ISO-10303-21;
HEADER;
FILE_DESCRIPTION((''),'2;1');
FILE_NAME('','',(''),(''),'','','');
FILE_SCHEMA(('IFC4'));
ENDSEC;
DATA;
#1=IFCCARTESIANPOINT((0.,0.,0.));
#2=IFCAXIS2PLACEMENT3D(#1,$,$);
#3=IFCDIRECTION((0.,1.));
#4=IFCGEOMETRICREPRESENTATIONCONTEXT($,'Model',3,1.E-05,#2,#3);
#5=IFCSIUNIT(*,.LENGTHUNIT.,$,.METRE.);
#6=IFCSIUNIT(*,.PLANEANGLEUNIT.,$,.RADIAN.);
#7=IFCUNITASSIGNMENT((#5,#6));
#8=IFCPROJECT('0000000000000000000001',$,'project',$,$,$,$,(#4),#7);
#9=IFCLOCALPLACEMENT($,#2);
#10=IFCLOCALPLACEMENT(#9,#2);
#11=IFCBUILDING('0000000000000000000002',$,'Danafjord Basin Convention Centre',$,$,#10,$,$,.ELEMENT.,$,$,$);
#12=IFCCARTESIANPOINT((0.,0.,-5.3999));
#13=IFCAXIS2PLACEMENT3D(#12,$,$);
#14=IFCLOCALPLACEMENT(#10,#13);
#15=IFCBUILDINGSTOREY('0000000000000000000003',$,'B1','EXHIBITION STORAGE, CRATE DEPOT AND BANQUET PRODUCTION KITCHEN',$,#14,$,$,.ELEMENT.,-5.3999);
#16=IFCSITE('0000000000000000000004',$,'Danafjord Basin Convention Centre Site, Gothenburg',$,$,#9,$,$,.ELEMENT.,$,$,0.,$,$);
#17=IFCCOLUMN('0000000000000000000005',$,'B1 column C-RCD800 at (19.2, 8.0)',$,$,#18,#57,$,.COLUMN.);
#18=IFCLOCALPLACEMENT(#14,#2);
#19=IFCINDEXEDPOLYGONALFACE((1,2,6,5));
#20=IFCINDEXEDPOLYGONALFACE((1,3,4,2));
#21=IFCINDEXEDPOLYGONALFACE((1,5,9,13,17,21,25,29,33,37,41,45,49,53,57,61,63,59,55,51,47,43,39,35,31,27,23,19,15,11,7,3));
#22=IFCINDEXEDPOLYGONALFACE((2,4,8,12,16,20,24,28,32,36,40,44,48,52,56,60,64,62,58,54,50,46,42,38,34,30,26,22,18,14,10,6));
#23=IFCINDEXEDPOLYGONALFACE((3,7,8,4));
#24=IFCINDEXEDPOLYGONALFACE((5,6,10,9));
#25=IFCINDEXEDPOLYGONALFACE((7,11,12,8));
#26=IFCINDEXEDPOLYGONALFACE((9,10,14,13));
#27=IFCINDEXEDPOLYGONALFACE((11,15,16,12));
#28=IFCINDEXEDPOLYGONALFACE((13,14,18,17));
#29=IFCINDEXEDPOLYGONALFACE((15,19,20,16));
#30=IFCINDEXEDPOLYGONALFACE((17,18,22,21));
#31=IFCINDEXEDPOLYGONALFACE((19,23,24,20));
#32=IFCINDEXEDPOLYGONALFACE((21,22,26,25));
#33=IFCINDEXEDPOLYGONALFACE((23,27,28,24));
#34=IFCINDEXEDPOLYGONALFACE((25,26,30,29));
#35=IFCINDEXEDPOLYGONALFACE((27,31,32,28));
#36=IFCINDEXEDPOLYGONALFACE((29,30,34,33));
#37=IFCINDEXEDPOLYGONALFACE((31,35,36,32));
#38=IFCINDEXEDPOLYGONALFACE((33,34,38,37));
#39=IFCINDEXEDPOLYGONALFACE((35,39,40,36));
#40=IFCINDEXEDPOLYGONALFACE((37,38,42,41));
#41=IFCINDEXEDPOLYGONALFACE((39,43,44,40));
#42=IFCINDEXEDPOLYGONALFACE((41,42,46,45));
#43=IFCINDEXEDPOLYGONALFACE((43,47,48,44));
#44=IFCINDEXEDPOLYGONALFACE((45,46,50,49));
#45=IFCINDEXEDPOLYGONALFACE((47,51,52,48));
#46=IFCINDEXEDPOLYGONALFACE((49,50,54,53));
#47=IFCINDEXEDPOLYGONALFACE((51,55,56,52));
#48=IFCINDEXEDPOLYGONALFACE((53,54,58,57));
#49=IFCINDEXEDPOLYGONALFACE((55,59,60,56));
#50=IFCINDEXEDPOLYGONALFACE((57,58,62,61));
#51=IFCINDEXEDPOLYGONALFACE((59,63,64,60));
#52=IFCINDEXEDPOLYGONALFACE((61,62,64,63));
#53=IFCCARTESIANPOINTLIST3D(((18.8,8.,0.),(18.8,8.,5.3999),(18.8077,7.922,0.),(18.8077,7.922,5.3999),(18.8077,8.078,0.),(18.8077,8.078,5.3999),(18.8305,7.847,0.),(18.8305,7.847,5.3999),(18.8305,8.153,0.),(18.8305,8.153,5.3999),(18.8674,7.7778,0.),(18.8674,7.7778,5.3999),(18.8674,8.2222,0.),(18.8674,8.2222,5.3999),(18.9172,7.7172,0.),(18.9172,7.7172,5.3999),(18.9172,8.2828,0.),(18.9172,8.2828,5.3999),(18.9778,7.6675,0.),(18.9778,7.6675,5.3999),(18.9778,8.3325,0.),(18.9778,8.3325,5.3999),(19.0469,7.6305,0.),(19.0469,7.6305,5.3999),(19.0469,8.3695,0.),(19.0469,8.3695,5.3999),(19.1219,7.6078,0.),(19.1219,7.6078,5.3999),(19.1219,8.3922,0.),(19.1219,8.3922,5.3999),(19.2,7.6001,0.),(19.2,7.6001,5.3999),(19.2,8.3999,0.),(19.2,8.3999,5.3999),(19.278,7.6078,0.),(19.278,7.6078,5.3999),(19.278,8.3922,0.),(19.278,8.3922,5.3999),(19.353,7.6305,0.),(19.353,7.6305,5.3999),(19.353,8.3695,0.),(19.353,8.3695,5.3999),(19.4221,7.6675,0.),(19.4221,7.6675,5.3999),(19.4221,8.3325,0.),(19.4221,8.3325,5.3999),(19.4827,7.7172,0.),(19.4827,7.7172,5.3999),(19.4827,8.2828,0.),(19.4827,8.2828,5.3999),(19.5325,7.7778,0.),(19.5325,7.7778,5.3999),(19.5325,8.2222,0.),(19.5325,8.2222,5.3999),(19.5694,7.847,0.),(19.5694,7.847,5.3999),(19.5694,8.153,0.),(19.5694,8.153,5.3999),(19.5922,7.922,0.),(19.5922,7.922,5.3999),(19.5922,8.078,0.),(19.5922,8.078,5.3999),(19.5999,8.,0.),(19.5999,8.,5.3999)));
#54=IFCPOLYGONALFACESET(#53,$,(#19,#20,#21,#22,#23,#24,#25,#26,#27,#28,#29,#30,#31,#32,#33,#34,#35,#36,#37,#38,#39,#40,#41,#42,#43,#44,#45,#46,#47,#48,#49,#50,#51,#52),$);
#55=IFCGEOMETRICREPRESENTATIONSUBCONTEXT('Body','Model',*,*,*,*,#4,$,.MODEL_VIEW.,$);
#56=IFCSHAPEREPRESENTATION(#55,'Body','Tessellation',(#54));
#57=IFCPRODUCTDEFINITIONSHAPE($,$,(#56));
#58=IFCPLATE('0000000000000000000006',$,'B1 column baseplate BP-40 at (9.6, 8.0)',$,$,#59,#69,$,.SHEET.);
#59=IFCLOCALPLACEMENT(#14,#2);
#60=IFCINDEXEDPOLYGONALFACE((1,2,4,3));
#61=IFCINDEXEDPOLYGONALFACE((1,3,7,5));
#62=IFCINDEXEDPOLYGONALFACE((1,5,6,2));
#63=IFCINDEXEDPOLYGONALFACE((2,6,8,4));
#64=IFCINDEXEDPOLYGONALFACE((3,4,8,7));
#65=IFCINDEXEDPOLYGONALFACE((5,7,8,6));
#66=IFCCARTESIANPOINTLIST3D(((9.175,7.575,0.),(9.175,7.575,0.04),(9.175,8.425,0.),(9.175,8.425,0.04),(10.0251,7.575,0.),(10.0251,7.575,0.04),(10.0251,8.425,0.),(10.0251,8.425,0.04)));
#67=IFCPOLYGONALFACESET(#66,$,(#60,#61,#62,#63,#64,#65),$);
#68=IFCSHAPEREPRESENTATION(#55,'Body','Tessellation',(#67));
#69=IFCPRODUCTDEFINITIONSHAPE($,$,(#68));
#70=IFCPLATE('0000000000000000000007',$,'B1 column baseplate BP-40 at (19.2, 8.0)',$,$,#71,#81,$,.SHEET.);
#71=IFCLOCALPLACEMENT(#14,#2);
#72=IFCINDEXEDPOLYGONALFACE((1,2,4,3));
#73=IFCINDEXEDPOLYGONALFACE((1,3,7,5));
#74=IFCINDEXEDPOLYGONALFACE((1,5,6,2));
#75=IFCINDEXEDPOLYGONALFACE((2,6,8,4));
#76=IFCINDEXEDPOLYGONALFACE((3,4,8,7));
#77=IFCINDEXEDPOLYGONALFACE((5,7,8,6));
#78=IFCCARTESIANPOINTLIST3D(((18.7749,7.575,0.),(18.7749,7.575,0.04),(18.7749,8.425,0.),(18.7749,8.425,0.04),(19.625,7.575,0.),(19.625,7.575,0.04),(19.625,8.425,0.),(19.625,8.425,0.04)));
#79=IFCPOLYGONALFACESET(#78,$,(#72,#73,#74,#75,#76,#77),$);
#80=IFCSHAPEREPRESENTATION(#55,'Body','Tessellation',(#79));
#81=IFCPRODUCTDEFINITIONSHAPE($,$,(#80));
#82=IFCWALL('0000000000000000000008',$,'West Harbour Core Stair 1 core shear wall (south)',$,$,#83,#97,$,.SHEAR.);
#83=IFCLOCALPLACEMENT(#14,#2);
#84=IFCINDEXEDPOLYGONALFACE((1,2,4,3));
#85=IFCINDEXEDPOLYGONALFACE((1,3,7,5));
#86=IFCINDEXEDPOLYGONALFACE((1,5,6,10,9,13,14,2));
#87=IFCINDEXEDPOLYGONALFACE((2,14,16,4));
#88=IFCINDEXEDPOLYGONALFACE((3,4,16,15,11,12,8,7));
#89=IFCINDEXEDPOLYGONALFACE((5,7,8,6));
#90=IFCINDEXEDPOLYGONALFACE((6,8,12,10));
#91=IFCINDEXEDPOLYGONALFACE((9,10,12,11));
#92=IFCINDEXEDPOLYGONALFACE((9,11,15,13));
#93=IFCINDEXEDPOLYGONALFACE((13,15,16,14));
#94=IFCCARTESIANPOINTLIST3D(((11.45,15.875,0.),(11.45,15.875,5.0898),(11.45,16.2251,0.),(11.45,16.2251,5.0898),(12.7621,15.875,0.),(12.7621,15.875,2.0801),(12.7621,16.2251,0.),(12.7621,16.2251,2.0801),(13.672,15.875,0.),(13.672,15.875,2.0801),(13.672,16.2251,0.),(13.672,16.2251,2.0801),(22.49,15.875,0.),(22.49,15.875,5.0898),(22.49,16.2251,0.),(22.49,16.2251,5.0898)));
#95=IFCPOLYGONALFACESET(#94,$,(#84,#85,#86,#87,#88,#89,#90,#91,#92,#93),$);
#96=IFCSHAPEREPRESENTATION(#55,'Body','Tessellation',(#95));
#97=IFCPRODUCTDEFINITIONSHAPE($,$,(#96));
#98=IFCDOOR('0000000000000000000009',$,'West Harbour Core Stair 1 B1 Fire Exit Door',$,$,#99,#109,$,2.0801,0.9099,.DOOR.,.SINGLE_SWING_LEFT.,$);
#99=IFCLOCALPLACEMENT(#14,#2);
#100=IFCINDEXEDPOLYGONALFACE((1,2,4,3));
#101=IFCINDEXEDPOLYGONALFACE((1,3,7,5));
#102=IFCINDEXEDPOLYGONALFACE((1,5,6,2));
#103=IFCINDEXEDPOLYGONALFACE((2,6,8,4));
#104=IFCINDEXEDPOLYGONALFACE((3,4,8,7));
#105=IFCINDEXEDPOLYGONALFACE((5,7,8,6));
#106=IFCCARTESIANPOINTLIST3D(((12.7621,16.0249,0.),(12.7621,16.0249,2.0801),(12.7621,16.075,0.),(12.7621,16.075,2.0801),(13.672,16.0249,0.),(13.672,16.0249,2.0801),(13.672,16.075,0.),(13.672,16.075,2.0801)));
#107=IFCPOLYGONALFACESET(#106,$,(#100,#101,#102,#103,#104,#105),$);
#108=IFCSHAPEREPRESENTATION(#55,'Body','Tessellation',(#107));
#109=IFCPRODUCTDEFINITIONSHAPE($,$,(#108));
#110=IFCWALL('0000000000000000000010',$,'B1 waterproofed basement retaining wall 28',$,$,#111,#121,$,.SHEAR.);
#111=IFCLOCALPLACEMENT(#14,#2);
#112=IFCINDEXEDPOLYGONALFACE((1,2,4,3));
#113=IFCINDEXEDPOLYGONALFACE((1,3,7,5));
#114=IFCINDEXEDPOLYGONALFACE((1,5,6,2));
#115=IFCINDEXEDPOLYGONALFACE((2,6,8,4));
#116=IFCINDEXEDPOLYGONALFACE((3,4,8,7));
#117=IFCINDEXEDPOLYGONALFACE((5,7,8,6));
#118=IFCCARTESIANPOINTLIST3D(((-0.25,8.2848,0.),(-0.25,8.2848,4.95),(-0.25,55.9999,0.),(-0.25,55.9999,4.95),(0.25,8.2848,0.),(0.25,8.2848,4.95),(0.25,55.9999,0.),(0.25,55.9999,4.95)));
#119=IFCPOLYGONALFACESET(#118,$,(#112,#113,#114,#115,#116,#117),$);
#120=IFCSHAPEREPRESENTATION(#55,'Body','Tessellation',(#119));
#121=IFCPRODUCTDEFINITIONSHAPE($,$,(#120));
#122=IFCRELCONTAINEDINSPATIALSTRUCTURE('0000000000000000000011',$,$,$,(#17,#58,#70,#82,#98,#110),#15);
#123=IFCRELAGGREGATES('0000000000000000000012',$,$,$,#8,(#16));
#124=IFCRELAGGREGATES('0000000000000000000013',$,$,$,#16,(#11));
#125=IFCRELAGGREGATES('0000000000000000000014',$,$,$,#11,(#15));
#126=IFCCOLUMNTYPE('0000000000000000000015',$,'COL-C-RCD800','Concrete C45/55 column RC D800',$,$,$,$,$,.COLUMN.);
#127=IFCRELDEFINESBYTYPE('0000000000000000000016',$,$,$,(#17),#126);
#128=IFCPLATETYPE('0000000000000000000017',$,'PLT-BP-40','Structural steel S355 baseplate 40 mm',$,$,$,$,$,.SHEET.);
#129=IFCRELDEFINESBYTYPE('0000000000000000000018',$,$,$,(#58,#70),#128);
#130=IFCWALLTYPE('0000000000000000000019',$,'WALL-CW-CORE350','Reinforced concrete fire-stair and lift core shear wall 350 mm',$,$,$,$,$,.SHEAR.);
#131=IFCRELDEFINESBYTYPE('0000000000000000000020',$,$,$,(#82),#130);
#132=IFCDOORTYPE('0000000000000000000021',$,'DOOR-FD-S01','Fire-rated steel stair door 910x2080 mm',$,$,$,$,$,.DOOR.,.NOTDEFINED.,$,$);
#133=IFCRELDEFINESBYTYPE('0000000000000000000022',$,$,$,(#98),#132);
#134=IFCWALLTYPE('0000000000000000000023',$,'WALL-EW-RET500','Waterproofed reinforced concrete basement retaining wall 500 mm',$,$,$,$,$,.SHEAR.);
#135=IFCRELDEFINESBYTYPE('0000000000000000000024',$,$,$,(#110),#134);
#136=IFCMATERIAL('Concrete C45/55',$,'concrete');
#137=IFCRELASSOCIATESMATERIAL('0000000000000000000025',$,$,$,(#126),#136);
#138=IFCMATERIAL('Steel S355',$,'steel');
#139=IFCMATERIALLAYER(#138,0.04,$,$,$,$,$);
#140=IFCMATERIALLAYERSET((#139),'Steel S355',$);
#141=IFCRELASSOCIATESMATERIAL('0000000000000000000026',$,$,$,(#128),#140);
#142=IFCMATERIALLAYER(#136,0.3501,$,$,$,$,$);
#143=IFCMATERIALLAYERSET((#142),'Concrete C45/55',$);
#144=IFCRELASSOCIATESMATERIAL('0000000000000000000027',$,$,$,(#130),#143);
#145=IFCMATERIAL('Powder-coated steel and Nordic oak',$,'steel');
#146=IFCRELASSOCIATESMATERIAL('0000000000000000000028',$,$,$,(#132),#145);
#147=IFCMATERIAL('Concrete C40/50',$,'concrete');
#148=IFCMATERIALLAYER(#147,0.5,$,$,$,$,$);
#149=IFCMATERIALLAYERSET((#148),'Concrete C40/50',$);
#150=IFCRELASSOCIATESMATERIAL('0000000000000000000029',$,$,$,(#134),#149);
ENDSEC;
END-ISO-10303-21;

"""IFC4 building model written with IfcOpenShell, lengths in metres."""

from ifc_helpers import new_model, si_unit, direction, frame, frame_2d, origin, origin_2d, place, context, subcontext, project, spatial, rectangle, circle, extrude, material, layer, layer_set, material_profile, profile_set, type_object, element, fill, save


model = new_model("IFC4")

# Units and contexts
model_context = context("Model", 3, precision=1e-05, world=origin(), true_north=direction((0.0, 1.0)))
body_context = subcontext(model_context, "Body", "Model", "MODEL_VIEW")
ifc_project = project(units=[si_unit("LENGTHUNIT", "METRE"), si_unit("PLANEANGLEUNIT", "RADIAN")], contexts=[model_context])

# Site, building, storey
site_placement = place(None, origin())
site = spatial("IfcSite", under=ifc_project, at=site_placement, Name="Danafjord Basin Convention Centre Site, Gothenburg", CompositionType="ELEMENT", RefElevation=0.0)
building_placement = place(site_placement, origin())
building = spatial("IfcBuilding", under=site, at=building_placement, Name="Danafjord Basin Convention Centre", CompositionType="ELEMENT")
storey_placement = place(building_placement, frame((0.0, 0.0, -5.3999)))
storey = spatial("IfcBuildingStorey", under=building, at=storey_placement, Name="B1", Description="EXHIBITION STORAGE, CRATE DEPOT AND BANQUET PRODUCTION KITCHEN", CompositionType="ELEMENT", Elevation=-5.3999)

# Shared definitions
ifc_material_1 = material(Name="Concrete C40/50", Category="concrete")

# Column
ifc_material_2 = material(Name="Concrete C45/55", Category="concrete")
ifc_material_profile_1 = material_profile(ifc_material_2, circle(Radius=0.3999, at=origin_2d()), Name="RC D800")
ifc_profile_set_1 = profile_set([ifc_material_profile_1], Name="Concrete C45/55")
column_type_1 = type_object("IfcColumnType", Name="COL-C-RCD800", Description="Concrete C45/55 column RC D800", PredefinedType="COLUMN", material=ifc_profile_set_1)
column_1_placement = place(storey_placement, frame((19.2, 8.0, 0.0), z_axis=(0.0, 0.0, 1.0), x_axis=(1.0, 0.0, 0.0)))
element("IfcColumn", 1, at=column_1_placement, inside=storey, type_object=column_type_1, Name="B1 column C-RCD800 at (19.2, 8.0)", PredefinedType="COLUMN", context=body_context, shape_type="SweptSolid", body=[
    extrude(circle(Radius=0.3999, at=origin_2d()), origin(), (0.0, 0.0, 1.0), 5.3999),
])

# Plates
ifc_material_3 = material(Name="Steel S355", Category="steel")
ifc_layer_1 = layer(ifc_material_3, 0.04)
ifc_layer_set_1 = layer_set([ifc_layer_1], Name="Steel S355")
plate_type = type_object("IfcPlateType", Name="PLT-BP-40", Description="Structural steel S355 baseplate 40 mm", PredefinedType="SHEET", material=ifc_layer_set_1)
for number, where, z_axis, x_axis, name in (
    (2, (9.6001, 8.0, 0.0), (0.0, 0.0, 1.0), (1.0, 0.0, 0.0), "B1 column baseplate BP-40 at (9.6, 8.0)"),
    (3, (19.2, 8.0, 0.0), (0.0, 0.0, 1.0), (1.0, 0.0, 0.0), "B1 column baseplate BP-40 at (19.2, 8.0)"),
):
    element("IfcPlate", number, at=place(storey_placement, frame(where, z_axis=z_axis, x_axis=x_axis)), inside=storey, type_object=plate_type, Name=name, PredefinedType="SHEET", context=body_context, shape_type="SweptSolid", body=[
        extrude(rectangle(XDim=0.8501, YDim=0.8501, at=origin_2d()), origin(), (0.0, 0.0, 1.0), 0.04),
    ])

# Wall, opening, door
ifc_layer_2 = layer(ifc_material_2, 0.3501)
ifc_layer_set_2 = layer_set([ifc_layer_2], Name="Concrete C45/55")
wall_type_1 = type_object("IfcWallType", Name="WALL-CW-CORE350", Description="Reinforced concrete fire-stair and lift core shear wall 350 mm", PredefinedType="SHEAR", material=ifc_layer_set_2)
wall_1_placement = place(storey_placement, frame((11.45, 16.05, 0.0), z_axis=(0.0, 0.0, 1.0), x_axis=(1.0, 0.0, 0.0)))
wall_1 = element("IfcWall", 4, at=wall_1_placement, inside=storey, type_object=wall_type_1, Name="West Harbour Core Stair 1 core shear wall (south)", PredefinedType="SHEAR", context=body_context, shape_type="SweptSolid", body=[
    extrude(rectangle(XDim=11.04, YDim=0.3501, at=frame_2d((5.52, 0.0))), origin(), (0.0, 0.0, 1.0), 5.0898),
])
opening_placement = place(wall_1_placement, frame((1.312, 0.0, 0.0)))
opening = element("IfcOpeningElement", 5, at=opening_placement, cuts=wall_1, PredefinedType="OPENING", context=body_context, shape_type="SweptSolid", body=[
    extrude(rectangle(XDim=0.9099, YDim=2.0801, at=frame_2d((0.4551, 1.04))), frame((0.0, 0.1851, 0.0), z_axis=(0.0, -1.0, 0.0), x_axis=(1.0, 0.0, 0.0)), (0.0, 0.0, 1.0), 0.3701),
])
ifc_material_4 = material(Name="Powder-coated steel and Nordic oak", Category="steel")
door_type = type_object("IfcDoorType", Name="DOOR-FD-S01", Description="Fire-rated steel stair door 910x2080 mm", OperationType="NOTDEFINED", PredefinedType="DOOR", material=ifc_material_4)
door_placement = place(opening_placement, origin())
door = element("IfcDoor", 6, at=door_placement, inside=storey, type_object=door_type, Name="West Harbour Core Stair 1 B1 Fire Exit Door", OperationType="SINGLE_SWING_LEFT", OverallHeight=2.0801, OverallWidth=0.9099, PredefinedType="DOOR", context=body_context, shape_type="SweptSolid", body=[
    extrude(rectangle(XDim=0.9099, YDim=2.0801, at=frame_2d((0.4551, 1.04))), frame((0.0, 0.0249, 0.0), z_axis=(0.0, -1.0, 0.0), x_axis=(1.0, 0.0, 0.0)), (0.0, 0.0, 1.0), 0.05),
])
fill(opening, door)

# Wall
ifc_layer_3 = layer(ifc_material_1, 0.5)
ifc_layer_set_3 = layer_set([ifc_layer_3], Name="Concrete C40/50")
wall_type_2 = type_object("IfcWallType", Name="WALL-EW-RET500", Description="Waterproofed reinforced concrete basement retaining wall 500 mm", PredefinedType="SHEAR", material=ifc_layer_set_3)
wall_2_placement = place(storey_placement, frame((0.0, 8.2849, 0.0), z_axis=(0.0, 0.0, 1.0), x_axis=(0.0, 1.0, 0.0)))
element("IfcWall", 7, at=wall_2_placement, inside=storey, type_object=wall_type_2, Name="B1 waterproofed basement retaining wall 28", PredefinedType="SHEAR", context=body_context, shape_type="SweptSolid", body=[
    extrude(rectangle(XDim=47.7151, YDim=0.5, at=frame_2d((23.8574, 0.0))), origin(), (0.0, 0.0, 1.0), 4.95),
])

save(model, "model.ifc")
